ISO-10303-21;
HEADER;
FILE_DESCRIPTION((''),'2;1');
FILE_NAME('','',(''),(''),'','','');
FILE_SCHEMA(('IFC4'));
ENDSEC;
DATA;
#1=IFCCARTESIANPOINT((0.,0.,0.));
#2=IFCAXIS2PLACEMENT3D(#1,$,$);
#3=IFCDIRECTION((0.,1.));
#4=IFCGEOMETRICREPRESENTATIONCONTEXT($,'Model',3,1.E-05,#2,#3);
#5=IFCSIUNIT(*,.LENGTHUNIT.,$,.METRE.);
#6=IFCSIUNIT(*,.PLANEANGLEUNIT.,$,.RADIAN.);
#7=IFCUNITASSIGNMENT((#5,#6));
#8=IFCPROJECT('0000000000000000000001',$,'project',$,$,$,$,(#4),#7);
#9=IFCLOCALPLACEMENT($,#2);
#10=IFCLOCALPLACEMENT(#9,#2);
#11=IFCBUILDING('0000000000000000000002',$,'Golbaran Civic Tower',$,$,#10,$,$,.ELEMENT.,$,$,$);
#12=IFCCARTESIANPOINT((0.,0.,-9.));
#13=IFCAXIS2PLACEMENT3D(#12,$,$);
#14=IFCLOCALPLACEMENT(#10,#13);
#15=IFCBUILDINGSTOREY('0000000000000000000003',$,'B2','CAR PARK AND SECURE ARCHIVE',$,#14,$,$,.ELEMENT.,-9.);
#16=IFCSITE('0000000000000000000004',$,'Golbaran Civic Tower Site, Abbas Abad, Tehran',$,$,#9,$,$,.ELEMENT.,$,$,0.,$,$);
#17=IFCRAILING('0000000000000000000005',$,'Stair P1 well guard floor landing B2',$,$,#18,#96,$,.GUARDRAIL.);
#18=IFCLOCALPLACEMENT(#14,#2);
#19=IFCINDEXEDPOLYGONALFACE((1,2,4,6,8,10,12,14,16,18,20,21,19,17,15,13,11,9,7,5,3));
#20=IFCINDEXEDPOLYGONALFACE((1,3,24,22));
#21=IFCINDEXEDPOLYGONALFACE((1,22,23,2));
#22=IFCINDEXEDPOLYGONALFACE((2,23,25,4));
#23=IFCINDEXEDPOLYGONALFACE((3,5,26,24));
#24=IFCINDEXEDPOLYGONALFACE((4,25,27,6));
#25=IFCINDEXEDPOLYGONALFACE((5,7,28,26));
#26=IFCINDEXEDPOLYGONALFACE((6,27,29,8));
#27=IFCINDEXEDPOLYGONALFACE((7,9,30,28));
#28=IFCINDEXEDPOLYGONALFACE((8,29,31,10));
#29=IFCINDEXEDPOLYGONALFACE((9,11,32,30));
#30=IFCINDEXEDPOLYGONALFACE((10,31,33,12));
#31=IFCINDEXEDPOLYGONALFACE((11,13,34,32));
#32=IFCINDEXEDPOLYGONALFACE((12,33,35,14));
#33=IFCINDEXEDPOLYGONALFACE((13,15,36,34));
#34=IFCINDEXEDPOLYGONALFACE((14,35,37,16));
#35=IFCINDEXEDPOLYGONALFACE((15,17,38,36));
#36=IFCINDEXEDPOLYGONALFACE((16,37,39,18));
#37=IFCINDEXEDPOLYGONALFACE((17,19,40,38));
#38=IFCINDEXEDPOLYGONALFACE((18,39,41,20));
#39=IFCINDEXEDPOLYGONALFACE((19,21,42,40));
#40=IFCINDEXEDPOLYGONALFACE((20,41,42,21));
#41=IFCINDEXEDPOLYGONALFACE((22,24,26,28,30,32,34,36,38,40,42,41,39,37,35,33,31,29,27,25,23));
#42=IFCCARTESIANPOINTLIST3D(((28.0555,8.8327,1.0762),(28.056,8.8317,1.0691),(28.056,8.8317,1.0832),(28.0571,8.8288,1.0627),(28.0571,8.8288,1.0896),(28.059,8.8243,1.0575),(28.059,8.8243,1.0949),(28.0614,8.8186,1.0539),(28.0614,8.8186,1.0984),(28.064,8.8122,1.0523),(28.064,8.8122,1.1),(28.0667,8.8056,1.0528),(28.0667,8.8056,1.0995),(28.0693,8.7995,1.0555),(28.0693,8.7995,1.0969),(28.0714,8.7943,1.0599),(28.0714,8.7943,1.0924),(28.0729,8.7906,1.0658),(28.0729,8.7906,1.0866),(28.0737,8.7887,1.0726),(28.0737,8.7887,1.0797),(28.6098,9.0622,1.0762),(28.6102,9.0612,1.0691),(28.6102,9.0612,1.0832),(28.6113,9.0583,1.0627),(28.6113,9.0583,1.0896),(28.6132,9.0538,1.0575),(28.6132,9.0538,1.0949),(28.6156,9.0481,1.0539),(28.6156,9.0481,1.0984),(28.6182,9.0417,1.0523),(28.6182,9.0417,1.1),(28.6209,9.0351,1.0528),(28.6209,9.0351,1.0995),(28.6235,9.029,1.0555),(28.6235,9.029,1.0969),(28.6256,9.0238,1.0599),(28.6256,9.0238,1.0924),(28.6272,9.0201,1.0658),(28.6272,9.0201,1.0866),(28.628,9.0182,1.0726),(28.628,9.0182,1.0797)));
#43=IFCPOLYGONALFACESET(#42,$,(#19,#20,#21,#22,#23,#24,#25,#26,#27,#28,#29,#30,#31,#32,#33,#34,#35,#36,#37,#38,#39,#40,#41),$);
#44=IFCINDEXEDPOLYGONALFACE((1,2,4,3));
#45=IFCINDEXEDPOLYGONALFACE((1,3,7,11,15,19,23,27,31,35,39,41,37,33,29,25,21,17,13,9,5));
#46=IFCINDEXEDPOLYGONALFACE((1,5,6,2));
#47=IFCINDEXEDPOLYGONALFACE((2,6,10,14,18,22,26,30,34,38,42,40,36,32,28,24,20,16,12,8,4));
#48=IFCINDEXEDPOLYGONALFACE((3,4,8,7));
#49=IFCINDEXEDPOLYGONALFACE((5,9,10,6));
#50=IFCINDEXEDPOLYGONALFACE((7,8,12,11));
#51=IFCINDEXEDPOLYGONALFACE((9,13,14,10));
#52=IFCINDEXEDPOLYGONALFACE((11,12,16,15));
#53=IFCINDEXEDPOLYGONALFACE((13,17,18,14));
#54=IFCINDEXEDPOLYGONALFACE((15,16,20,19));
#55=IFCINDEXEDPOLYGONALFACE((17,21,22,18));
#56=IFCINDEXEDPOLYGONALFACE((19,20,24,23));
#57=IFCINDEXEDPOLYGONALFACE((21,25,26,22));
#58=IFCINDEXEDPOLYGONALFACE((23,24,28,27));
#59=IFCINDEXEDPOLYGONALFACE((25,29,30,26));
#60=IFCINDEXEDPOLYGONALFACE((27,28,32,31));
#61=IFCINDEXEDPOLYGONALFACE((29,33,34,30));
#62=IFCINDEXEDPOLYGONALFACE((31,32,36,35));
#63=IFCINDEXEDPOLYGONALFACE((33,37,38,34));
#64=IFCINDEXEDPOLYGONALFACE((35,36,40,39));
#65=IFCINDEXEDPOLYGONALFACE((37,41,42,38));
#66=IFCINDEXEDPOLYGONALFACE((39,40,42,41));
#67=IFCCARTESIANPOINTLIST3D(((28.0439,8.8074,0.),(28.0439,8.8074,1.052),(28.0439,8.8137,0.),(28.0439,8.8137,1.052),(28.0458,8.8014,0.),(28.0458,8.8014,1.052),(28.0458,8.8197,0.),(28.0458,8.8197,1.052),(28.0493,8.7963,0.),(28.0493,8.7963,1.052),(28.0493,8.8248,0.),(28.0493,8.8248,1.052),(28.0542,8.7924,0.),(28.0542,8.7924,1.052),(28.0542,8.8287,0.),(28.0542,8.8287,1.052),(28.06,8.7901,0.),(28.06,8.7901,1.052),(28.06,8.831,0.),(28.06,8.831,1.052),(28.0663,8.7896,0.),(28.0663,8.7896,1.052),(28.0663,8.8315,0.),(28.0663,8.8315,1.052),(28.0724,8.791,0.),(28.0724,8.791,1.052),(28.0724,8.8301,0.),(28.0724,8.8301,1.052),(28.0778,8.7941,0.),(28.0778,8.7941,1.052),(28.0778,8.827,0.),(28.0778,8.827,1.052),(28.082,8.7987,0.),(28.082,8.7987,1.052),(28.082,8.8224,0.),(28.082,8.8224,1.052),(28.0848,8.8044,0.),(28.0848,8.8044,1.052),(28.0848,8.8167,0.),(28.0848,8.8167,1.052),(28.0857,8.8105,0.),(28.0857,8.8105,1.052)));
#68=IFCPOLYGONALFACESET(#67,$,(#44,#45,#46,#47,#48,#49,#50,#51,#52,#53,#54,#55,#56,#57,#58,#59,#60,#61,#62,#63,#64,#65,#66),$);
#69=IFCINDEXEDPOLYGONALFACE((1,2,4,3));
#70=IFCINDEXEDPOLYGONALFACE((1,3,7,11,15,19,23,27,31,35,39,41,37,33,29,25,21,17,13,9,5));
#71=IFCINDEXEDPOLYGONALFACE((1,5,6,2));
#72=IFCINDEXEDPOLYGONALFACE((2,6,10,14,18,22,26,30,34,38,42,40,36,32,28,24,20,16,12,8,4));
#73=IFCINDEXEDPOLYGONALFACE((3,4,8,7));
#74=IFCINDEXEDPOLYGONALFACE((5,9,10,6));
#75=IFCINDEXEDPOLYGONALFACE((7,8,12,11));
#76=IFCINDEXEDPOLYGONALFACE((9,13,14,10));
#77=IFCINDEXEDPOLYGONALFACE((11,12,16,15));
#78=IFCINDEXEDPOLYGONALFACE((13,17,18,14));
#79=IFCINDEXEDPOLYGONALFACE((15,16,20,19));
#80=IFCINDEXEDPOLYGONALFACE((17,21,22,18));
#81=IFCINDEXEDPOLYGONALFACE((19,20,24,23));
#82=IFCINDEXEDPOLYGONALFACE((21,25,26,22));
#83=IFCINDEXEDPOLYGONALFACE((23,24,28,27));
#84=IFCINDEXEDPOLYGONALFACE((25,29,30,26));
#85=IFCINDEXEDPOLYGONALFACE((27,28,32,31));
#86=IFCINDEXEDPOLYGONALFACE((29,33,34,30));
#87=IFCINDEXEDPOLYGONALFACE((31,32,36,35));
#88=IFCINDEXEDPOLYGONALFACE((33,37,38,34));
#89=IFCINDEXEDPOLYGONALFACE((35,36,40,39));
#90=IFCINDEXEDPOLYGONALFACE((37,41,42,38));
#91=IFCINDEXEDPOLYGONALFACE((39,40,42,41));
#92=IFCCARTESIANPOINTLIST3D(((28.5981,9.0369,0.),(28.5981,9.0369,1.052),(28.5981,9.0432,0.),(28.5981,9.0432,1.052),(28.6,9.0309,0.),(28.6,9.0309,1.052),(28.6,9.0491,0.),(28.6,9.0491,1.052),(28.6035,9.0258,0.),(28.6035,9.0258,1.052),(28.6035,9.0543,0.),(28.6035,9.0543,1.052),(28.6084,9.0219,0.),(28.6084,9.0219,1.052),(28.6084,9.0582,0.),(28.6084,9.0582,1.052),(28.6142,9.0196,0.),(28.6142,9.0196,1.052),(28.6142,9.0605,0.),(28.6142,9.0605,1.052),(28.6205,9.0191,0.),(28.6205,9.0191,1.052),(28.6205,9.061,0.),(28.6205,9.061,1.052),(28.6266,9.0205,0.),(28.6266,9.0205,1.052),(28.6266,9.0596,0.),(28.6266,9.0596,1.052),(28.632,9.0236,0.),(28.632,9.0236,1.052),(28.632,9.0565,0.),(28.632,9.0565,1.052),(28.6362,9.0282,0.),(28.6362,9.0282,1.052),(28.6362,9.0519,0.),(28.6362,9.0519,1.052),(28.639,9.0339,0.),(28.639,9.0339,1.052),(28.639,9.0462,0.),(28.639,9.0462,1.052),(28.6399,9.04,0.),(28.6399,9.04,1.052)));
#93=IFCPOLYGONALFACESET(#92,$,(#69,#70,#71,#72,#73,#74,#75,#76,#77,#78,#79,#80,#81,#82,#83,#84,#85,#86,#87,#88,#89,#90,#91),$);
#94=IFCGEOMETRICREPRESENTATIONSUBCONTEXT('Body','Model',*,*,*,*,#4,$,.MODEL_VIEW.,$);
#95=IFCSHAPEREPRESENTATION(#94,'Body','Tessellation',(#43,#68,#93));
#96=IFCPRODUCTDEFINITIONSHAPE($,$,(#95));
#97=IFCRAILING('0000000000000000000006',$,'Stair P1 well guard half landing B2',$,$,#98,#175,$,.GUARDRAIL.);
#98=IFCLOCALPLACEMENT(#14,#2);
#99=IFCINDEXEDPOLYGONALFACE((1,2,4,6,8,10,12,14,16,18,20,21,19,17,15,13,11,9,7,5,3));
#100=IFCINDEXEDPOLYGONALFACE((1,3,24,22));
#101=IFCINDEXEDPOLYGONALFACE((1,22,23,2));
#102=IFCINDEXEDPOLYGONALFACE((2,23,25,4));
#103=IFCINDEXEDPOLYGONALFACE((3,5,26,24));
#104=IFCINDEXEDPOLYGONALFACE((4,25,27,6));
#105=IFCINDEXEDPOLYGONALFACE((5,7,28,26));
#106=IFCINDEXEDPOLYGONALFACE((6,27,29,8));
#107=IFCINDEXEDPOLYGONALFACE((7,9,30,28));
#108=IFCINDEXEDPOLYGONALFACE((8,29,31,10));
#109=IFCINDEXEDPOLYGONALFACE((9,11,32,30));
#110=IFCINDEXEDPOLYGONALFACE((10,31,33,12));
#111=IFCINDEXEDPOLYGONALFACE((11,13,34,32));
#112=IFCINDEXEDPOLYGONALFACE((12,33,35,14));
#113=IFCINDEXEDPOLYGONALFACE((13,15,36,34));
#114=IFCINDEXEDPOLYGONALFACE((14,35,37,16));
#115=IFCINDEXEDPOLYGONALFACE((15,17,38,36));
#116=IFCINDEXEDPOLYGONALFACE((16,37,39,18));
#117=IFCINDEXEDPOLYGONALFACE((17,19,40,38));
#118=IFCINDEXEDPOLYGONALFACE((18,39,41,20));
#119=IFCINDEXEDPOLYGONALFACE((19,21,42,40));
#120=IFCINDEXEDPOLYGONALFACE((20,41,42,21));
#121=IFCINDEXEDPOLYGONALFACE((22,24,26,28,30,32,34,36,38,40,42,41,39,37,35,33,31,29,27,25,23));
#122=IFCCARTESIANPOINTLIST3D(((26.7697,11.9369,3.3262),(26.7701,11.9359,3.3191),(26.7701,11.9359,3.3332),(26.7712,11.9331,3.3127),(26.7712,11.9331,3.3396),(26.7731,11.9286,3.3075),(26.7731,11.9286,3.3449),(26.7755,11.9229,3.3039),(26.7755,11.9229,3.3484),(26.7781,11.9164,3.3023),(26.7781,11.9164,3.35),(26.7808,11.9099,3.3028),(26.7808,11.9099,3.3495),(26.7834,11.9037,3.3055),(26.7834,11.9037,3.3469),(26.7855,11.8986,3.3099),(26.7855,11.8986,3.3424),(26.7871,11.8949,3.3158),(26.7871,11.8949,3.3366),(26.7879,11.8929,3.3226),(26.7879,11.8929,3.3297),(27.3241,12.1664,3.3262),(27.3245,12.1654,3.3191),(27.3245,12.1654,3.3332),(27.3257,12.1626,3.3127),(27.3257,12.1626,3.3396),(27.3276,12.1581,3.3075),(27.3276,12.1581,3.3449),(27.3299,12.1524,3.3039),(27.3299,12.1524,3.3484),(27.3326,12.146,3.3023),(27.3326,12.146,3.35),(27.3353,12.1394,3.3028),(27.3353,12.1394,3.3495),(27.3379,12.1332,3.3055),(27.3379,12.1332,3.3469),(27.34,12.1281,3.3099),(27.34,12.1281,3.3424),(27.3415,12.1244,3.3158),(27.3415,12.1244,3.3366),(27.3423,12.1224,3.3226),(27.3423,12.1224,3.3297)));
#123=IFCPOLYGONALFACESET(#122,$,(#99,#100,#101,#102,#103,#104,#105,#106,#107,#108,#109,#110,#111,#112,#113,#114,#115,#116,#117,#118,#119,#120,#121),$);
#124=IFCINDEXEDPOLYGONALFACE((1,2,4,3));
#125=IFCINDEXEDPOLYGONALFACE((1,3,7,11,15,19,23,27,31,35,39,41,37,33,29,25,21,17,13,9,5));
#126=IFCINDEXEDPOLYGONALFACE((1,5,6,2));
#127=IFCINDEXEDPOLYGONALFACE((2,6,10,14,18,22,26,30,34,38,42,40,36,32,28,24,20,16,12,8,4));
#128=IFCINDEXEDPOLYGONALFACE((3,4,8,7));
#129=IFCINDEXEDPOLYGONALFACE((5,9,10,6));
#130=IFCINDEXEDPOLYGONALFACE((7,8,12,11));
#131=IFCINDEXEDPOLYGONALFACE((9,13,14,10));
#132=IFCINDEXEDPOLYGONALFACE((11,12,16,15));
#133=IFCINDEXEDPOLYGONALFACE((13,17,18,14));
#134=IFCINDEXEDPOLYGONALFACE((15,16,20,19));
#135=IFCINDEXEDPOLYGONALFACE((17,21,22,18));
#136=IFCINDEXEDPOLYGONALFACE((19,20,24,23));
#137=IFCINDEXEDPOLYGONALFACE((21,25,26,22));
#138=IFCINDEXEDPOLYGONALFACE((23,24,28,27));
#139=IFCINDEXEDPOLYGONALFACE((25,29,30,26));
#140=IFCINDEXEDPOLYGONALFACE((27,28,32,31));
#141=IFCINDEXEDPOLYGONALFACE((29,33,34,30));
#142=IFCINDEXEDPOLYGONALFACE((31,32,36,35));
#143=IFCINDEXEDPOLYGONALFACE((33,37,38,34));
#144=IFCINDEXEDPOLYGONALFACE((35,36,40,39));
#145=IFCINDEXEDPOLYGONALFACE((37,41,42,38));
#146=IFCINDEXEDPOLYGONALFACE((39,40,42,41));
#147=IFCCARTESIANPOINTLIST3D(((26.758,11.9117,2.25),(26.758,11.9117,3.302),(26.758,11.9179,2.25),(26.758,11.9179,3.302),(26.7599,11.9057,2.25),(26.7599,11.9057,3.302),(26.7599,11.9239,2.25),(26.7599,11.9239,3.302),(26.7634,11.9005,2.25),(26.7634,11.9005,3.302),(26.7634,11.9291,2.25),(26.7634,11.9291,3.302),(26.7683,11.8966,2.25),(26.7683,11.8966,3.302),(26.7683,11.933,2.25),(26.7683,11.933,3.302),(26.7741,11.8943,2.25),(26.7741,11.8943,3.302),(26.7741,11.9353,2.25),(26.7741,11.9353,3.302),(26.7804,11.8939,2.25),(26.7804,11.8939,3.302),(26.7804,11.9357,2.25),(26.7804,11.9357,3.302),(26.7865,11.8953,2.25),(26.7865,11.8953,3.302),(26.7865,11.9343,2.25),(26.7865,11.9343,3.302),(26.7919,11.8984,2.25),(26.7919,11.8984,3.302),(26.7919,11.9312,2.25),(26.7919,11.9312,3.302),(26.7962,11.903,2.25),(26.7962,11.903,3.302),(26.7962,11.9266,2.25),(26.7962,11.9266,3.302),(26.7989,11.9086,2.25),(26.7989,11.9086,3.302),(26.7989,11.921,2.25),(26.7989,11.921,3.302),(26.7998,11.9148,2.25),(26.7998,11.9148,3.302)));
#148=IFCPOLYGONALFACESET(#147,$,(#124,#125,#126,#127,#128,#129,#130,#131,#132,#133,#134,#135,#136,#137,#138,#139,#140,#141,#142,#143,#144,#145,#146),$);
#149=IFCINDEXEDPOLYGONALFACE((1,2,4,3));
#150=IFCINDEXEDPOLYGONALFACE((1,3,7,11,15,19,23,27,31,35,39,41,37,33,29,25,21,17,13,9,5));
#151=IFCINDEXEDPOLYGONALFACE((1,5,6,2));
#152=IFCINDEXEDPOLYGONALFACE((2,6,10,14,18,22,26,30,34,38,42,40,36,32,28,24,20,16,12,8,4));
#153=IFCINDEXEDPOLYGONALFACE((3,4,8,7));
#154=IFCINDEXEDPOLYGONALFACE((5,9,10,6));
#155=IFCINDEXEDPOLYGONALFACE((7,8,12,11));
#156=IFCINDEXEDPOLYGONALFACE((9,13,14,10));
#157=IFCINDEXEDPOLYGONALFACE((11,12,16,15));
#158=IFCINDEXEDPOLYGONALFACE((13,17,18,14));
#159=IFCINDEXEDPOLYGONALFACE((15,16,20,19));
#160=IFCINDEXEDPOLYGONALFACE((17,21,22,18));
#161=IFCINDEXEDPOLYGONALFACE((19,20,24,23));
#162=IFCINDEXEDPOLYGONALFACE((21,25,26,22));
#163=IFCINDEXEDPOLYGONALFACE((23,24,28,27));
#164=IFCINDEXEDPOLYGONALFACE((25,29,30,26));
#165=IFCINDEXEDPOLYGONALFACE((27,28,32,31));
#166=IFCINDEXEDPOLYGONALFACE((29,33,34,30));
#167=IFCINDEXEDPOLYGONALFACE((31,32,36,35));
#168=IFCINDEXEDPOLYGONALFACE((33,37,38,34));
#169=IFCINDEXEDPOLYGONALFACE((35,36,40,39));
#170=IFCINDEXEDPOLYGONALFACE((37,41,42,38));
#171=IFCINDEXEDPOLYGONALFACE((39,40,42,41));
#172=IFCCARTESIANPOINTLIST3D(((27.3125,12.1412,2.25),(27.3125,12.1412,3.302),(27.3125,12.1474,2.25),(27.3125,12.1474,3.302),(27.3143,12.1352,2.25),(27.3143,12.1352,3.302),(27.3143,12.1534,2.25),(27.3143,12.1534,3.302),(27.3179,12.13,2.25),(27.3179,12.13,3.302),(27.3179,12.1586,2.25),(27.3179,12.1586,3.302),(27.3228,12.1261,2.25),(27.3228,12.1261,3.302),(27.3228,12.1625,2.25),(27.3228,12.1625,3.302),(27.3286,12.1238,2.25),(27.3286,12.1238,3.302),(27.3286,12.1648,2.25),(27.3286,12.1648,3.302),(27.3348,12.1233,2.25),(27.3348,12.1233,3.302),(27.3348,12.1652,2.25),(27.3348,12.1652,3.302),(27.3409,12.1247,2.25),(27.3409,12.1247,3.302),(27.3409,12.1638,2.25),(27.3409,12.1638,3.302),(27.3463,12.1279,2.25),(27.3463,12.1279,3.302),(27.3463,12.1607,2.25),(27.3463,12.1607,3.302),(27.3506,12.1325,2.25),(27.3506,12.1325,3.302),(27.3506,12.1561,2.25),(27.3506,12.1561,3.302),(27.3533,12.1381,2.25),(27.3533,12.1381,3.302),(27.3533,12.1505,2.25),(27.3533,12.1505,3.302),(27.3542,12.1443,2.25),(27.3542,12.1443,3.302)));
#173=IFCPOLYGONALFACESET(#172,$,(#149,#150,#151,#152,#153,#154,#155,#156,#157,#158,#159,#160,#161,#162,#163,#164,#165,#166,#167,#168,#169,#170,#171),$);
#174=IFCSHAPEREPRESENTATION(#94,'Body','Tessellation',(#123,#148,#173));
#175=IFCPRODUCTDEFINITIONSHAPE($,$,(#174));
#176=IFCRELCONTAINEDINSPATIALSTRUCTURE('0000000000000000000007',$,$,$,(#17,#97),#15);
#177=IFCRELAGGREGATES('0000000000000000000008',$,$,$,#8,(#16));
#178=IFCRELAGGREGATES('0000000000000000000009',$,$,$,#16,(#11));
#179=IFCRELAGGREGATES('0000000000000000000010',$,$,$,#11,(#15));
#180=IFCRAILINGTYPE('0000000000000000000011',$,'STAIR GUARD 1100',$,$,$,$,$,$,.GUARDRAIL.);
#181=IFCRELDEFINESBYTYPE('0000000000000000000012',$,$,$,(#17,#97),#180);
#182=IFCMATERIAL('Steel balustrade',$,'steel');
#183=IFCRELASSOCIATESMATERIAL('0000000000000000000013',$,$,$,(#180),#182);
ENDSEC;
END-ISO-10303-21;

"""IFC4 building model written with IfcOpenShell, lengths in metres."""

from ifc_helpers import new_model, si_unit, direction, frame, origin, origin_2d, place, context, subcontext, project, spatial, circle, extrude, material, type_object, element, save


model = new_model("IFC4")

# Units and contexts
model_context = context("Model", 3, precision=1e-05, world=origin(), true_north=direction((0.0, 1.0)))
body_context = subcontext(model_context, "Body", "Model", "MODEL_VIEW")
ifc_project = project(units=[si_unit("LENGTHUNIT", "METRE"), si_unit("PLANEANGLEUNIT", "RADIAN")], contexts=[model_context])

# Site, building, storey
site_placement = place(None, origin())
site = spatial("IfcSite", under=ifc_project, at=site_placement, Name="Golbaran Civic Tower Site, Abbas Abad, Tehran", CompositionType="ELEMENT", RefElevation=0.0)
building_placement = place(site_placement, origin())
building = spatial("IfcBuilding", under=site, at=building_placement, Name="Golbaran Civic Tower", CompositionType="ELEMENT")
storey_placement = place(building_placement, frame((0.0, 0.0, -9.0)))
storey = spatial("IfcBuildingStorey", under=building, at=storey_placement, Name="B2", Description="CAR PARK AND SECURE ARCHIVE", CompositionType="ELEMENT", Elevation=-9.0)

# Railings
ifc_material_1 = material(Name="Steel balustrade", Category="steel")
railing_type_1 = type_object("IfcRailingType", Name="STAIR GUARD 1100", PredefinedType="GUARDRAIL", material=ifc_material_1)
railing_1_placement = place(storey_placement, frame((28.0647, 8.8105, 0.0)))
element("IfcRailing", 1, at=railing_1_placement, inside=storey, type_object=railing_type_1, Name="Stair P1 well guard floor landing B2", PredefinedType="GUARDRAIL", context=body_context, shape_type="SweptSolid", body=[
    extrude(circle(Radius=0.0239, at=origin_2d()), frame((0.0, 0.0, 1.0762), z_axis=(0.923918, 0.382591, 0.0), x_axis=(-0.382591, 0.923918, 0.0)), (0.0, 0.0, 1.0), 0.5999),
    extrude(circle(Radius=0.021, at=origin_2d()), origin(), (0.0, 0.0, 1.0), 1.052),
    extrude(circle(Radius=0.021, at=origin_2d()), frame((0.5542, 0.2295, 0.0)), (0.0, 0.0, 1.0), 1.052),
])
railing_2_placement = place(storey_placement, frame((26.7788, 11.9148, 2.25)))
element("IfcRailing", 2, at=railing_2_placement, inside=storey, type_object=railing_type_1, Name="Stair P1 well guard half landing B2", PredefinedType="GUARDRAIL", context=body_context, shape_type="SweptSolid", body=[
    extrude(circle(Radius=0.0239, at=origin_2d()), frame((0.0, 0.0, 1.0762), z_axis=(0.923977, 0.382448, 0.0), x_axis=(-0.382448, 0.923977, 0.0)), (0.0, 0.0, 1.0), 0.6001),
    extrude(circle(Radius=0.021, at=origin_2d()), origin(), (0.0, 0.0, 1.0), 1.052),
    extrude(circle(Radius=0.021, at=origin_2d()), frame((0.5544, 0.2295, 0.0)), (0.0, 0.0, 1.0), 1.052),
])

save(model, "model.ifc")
